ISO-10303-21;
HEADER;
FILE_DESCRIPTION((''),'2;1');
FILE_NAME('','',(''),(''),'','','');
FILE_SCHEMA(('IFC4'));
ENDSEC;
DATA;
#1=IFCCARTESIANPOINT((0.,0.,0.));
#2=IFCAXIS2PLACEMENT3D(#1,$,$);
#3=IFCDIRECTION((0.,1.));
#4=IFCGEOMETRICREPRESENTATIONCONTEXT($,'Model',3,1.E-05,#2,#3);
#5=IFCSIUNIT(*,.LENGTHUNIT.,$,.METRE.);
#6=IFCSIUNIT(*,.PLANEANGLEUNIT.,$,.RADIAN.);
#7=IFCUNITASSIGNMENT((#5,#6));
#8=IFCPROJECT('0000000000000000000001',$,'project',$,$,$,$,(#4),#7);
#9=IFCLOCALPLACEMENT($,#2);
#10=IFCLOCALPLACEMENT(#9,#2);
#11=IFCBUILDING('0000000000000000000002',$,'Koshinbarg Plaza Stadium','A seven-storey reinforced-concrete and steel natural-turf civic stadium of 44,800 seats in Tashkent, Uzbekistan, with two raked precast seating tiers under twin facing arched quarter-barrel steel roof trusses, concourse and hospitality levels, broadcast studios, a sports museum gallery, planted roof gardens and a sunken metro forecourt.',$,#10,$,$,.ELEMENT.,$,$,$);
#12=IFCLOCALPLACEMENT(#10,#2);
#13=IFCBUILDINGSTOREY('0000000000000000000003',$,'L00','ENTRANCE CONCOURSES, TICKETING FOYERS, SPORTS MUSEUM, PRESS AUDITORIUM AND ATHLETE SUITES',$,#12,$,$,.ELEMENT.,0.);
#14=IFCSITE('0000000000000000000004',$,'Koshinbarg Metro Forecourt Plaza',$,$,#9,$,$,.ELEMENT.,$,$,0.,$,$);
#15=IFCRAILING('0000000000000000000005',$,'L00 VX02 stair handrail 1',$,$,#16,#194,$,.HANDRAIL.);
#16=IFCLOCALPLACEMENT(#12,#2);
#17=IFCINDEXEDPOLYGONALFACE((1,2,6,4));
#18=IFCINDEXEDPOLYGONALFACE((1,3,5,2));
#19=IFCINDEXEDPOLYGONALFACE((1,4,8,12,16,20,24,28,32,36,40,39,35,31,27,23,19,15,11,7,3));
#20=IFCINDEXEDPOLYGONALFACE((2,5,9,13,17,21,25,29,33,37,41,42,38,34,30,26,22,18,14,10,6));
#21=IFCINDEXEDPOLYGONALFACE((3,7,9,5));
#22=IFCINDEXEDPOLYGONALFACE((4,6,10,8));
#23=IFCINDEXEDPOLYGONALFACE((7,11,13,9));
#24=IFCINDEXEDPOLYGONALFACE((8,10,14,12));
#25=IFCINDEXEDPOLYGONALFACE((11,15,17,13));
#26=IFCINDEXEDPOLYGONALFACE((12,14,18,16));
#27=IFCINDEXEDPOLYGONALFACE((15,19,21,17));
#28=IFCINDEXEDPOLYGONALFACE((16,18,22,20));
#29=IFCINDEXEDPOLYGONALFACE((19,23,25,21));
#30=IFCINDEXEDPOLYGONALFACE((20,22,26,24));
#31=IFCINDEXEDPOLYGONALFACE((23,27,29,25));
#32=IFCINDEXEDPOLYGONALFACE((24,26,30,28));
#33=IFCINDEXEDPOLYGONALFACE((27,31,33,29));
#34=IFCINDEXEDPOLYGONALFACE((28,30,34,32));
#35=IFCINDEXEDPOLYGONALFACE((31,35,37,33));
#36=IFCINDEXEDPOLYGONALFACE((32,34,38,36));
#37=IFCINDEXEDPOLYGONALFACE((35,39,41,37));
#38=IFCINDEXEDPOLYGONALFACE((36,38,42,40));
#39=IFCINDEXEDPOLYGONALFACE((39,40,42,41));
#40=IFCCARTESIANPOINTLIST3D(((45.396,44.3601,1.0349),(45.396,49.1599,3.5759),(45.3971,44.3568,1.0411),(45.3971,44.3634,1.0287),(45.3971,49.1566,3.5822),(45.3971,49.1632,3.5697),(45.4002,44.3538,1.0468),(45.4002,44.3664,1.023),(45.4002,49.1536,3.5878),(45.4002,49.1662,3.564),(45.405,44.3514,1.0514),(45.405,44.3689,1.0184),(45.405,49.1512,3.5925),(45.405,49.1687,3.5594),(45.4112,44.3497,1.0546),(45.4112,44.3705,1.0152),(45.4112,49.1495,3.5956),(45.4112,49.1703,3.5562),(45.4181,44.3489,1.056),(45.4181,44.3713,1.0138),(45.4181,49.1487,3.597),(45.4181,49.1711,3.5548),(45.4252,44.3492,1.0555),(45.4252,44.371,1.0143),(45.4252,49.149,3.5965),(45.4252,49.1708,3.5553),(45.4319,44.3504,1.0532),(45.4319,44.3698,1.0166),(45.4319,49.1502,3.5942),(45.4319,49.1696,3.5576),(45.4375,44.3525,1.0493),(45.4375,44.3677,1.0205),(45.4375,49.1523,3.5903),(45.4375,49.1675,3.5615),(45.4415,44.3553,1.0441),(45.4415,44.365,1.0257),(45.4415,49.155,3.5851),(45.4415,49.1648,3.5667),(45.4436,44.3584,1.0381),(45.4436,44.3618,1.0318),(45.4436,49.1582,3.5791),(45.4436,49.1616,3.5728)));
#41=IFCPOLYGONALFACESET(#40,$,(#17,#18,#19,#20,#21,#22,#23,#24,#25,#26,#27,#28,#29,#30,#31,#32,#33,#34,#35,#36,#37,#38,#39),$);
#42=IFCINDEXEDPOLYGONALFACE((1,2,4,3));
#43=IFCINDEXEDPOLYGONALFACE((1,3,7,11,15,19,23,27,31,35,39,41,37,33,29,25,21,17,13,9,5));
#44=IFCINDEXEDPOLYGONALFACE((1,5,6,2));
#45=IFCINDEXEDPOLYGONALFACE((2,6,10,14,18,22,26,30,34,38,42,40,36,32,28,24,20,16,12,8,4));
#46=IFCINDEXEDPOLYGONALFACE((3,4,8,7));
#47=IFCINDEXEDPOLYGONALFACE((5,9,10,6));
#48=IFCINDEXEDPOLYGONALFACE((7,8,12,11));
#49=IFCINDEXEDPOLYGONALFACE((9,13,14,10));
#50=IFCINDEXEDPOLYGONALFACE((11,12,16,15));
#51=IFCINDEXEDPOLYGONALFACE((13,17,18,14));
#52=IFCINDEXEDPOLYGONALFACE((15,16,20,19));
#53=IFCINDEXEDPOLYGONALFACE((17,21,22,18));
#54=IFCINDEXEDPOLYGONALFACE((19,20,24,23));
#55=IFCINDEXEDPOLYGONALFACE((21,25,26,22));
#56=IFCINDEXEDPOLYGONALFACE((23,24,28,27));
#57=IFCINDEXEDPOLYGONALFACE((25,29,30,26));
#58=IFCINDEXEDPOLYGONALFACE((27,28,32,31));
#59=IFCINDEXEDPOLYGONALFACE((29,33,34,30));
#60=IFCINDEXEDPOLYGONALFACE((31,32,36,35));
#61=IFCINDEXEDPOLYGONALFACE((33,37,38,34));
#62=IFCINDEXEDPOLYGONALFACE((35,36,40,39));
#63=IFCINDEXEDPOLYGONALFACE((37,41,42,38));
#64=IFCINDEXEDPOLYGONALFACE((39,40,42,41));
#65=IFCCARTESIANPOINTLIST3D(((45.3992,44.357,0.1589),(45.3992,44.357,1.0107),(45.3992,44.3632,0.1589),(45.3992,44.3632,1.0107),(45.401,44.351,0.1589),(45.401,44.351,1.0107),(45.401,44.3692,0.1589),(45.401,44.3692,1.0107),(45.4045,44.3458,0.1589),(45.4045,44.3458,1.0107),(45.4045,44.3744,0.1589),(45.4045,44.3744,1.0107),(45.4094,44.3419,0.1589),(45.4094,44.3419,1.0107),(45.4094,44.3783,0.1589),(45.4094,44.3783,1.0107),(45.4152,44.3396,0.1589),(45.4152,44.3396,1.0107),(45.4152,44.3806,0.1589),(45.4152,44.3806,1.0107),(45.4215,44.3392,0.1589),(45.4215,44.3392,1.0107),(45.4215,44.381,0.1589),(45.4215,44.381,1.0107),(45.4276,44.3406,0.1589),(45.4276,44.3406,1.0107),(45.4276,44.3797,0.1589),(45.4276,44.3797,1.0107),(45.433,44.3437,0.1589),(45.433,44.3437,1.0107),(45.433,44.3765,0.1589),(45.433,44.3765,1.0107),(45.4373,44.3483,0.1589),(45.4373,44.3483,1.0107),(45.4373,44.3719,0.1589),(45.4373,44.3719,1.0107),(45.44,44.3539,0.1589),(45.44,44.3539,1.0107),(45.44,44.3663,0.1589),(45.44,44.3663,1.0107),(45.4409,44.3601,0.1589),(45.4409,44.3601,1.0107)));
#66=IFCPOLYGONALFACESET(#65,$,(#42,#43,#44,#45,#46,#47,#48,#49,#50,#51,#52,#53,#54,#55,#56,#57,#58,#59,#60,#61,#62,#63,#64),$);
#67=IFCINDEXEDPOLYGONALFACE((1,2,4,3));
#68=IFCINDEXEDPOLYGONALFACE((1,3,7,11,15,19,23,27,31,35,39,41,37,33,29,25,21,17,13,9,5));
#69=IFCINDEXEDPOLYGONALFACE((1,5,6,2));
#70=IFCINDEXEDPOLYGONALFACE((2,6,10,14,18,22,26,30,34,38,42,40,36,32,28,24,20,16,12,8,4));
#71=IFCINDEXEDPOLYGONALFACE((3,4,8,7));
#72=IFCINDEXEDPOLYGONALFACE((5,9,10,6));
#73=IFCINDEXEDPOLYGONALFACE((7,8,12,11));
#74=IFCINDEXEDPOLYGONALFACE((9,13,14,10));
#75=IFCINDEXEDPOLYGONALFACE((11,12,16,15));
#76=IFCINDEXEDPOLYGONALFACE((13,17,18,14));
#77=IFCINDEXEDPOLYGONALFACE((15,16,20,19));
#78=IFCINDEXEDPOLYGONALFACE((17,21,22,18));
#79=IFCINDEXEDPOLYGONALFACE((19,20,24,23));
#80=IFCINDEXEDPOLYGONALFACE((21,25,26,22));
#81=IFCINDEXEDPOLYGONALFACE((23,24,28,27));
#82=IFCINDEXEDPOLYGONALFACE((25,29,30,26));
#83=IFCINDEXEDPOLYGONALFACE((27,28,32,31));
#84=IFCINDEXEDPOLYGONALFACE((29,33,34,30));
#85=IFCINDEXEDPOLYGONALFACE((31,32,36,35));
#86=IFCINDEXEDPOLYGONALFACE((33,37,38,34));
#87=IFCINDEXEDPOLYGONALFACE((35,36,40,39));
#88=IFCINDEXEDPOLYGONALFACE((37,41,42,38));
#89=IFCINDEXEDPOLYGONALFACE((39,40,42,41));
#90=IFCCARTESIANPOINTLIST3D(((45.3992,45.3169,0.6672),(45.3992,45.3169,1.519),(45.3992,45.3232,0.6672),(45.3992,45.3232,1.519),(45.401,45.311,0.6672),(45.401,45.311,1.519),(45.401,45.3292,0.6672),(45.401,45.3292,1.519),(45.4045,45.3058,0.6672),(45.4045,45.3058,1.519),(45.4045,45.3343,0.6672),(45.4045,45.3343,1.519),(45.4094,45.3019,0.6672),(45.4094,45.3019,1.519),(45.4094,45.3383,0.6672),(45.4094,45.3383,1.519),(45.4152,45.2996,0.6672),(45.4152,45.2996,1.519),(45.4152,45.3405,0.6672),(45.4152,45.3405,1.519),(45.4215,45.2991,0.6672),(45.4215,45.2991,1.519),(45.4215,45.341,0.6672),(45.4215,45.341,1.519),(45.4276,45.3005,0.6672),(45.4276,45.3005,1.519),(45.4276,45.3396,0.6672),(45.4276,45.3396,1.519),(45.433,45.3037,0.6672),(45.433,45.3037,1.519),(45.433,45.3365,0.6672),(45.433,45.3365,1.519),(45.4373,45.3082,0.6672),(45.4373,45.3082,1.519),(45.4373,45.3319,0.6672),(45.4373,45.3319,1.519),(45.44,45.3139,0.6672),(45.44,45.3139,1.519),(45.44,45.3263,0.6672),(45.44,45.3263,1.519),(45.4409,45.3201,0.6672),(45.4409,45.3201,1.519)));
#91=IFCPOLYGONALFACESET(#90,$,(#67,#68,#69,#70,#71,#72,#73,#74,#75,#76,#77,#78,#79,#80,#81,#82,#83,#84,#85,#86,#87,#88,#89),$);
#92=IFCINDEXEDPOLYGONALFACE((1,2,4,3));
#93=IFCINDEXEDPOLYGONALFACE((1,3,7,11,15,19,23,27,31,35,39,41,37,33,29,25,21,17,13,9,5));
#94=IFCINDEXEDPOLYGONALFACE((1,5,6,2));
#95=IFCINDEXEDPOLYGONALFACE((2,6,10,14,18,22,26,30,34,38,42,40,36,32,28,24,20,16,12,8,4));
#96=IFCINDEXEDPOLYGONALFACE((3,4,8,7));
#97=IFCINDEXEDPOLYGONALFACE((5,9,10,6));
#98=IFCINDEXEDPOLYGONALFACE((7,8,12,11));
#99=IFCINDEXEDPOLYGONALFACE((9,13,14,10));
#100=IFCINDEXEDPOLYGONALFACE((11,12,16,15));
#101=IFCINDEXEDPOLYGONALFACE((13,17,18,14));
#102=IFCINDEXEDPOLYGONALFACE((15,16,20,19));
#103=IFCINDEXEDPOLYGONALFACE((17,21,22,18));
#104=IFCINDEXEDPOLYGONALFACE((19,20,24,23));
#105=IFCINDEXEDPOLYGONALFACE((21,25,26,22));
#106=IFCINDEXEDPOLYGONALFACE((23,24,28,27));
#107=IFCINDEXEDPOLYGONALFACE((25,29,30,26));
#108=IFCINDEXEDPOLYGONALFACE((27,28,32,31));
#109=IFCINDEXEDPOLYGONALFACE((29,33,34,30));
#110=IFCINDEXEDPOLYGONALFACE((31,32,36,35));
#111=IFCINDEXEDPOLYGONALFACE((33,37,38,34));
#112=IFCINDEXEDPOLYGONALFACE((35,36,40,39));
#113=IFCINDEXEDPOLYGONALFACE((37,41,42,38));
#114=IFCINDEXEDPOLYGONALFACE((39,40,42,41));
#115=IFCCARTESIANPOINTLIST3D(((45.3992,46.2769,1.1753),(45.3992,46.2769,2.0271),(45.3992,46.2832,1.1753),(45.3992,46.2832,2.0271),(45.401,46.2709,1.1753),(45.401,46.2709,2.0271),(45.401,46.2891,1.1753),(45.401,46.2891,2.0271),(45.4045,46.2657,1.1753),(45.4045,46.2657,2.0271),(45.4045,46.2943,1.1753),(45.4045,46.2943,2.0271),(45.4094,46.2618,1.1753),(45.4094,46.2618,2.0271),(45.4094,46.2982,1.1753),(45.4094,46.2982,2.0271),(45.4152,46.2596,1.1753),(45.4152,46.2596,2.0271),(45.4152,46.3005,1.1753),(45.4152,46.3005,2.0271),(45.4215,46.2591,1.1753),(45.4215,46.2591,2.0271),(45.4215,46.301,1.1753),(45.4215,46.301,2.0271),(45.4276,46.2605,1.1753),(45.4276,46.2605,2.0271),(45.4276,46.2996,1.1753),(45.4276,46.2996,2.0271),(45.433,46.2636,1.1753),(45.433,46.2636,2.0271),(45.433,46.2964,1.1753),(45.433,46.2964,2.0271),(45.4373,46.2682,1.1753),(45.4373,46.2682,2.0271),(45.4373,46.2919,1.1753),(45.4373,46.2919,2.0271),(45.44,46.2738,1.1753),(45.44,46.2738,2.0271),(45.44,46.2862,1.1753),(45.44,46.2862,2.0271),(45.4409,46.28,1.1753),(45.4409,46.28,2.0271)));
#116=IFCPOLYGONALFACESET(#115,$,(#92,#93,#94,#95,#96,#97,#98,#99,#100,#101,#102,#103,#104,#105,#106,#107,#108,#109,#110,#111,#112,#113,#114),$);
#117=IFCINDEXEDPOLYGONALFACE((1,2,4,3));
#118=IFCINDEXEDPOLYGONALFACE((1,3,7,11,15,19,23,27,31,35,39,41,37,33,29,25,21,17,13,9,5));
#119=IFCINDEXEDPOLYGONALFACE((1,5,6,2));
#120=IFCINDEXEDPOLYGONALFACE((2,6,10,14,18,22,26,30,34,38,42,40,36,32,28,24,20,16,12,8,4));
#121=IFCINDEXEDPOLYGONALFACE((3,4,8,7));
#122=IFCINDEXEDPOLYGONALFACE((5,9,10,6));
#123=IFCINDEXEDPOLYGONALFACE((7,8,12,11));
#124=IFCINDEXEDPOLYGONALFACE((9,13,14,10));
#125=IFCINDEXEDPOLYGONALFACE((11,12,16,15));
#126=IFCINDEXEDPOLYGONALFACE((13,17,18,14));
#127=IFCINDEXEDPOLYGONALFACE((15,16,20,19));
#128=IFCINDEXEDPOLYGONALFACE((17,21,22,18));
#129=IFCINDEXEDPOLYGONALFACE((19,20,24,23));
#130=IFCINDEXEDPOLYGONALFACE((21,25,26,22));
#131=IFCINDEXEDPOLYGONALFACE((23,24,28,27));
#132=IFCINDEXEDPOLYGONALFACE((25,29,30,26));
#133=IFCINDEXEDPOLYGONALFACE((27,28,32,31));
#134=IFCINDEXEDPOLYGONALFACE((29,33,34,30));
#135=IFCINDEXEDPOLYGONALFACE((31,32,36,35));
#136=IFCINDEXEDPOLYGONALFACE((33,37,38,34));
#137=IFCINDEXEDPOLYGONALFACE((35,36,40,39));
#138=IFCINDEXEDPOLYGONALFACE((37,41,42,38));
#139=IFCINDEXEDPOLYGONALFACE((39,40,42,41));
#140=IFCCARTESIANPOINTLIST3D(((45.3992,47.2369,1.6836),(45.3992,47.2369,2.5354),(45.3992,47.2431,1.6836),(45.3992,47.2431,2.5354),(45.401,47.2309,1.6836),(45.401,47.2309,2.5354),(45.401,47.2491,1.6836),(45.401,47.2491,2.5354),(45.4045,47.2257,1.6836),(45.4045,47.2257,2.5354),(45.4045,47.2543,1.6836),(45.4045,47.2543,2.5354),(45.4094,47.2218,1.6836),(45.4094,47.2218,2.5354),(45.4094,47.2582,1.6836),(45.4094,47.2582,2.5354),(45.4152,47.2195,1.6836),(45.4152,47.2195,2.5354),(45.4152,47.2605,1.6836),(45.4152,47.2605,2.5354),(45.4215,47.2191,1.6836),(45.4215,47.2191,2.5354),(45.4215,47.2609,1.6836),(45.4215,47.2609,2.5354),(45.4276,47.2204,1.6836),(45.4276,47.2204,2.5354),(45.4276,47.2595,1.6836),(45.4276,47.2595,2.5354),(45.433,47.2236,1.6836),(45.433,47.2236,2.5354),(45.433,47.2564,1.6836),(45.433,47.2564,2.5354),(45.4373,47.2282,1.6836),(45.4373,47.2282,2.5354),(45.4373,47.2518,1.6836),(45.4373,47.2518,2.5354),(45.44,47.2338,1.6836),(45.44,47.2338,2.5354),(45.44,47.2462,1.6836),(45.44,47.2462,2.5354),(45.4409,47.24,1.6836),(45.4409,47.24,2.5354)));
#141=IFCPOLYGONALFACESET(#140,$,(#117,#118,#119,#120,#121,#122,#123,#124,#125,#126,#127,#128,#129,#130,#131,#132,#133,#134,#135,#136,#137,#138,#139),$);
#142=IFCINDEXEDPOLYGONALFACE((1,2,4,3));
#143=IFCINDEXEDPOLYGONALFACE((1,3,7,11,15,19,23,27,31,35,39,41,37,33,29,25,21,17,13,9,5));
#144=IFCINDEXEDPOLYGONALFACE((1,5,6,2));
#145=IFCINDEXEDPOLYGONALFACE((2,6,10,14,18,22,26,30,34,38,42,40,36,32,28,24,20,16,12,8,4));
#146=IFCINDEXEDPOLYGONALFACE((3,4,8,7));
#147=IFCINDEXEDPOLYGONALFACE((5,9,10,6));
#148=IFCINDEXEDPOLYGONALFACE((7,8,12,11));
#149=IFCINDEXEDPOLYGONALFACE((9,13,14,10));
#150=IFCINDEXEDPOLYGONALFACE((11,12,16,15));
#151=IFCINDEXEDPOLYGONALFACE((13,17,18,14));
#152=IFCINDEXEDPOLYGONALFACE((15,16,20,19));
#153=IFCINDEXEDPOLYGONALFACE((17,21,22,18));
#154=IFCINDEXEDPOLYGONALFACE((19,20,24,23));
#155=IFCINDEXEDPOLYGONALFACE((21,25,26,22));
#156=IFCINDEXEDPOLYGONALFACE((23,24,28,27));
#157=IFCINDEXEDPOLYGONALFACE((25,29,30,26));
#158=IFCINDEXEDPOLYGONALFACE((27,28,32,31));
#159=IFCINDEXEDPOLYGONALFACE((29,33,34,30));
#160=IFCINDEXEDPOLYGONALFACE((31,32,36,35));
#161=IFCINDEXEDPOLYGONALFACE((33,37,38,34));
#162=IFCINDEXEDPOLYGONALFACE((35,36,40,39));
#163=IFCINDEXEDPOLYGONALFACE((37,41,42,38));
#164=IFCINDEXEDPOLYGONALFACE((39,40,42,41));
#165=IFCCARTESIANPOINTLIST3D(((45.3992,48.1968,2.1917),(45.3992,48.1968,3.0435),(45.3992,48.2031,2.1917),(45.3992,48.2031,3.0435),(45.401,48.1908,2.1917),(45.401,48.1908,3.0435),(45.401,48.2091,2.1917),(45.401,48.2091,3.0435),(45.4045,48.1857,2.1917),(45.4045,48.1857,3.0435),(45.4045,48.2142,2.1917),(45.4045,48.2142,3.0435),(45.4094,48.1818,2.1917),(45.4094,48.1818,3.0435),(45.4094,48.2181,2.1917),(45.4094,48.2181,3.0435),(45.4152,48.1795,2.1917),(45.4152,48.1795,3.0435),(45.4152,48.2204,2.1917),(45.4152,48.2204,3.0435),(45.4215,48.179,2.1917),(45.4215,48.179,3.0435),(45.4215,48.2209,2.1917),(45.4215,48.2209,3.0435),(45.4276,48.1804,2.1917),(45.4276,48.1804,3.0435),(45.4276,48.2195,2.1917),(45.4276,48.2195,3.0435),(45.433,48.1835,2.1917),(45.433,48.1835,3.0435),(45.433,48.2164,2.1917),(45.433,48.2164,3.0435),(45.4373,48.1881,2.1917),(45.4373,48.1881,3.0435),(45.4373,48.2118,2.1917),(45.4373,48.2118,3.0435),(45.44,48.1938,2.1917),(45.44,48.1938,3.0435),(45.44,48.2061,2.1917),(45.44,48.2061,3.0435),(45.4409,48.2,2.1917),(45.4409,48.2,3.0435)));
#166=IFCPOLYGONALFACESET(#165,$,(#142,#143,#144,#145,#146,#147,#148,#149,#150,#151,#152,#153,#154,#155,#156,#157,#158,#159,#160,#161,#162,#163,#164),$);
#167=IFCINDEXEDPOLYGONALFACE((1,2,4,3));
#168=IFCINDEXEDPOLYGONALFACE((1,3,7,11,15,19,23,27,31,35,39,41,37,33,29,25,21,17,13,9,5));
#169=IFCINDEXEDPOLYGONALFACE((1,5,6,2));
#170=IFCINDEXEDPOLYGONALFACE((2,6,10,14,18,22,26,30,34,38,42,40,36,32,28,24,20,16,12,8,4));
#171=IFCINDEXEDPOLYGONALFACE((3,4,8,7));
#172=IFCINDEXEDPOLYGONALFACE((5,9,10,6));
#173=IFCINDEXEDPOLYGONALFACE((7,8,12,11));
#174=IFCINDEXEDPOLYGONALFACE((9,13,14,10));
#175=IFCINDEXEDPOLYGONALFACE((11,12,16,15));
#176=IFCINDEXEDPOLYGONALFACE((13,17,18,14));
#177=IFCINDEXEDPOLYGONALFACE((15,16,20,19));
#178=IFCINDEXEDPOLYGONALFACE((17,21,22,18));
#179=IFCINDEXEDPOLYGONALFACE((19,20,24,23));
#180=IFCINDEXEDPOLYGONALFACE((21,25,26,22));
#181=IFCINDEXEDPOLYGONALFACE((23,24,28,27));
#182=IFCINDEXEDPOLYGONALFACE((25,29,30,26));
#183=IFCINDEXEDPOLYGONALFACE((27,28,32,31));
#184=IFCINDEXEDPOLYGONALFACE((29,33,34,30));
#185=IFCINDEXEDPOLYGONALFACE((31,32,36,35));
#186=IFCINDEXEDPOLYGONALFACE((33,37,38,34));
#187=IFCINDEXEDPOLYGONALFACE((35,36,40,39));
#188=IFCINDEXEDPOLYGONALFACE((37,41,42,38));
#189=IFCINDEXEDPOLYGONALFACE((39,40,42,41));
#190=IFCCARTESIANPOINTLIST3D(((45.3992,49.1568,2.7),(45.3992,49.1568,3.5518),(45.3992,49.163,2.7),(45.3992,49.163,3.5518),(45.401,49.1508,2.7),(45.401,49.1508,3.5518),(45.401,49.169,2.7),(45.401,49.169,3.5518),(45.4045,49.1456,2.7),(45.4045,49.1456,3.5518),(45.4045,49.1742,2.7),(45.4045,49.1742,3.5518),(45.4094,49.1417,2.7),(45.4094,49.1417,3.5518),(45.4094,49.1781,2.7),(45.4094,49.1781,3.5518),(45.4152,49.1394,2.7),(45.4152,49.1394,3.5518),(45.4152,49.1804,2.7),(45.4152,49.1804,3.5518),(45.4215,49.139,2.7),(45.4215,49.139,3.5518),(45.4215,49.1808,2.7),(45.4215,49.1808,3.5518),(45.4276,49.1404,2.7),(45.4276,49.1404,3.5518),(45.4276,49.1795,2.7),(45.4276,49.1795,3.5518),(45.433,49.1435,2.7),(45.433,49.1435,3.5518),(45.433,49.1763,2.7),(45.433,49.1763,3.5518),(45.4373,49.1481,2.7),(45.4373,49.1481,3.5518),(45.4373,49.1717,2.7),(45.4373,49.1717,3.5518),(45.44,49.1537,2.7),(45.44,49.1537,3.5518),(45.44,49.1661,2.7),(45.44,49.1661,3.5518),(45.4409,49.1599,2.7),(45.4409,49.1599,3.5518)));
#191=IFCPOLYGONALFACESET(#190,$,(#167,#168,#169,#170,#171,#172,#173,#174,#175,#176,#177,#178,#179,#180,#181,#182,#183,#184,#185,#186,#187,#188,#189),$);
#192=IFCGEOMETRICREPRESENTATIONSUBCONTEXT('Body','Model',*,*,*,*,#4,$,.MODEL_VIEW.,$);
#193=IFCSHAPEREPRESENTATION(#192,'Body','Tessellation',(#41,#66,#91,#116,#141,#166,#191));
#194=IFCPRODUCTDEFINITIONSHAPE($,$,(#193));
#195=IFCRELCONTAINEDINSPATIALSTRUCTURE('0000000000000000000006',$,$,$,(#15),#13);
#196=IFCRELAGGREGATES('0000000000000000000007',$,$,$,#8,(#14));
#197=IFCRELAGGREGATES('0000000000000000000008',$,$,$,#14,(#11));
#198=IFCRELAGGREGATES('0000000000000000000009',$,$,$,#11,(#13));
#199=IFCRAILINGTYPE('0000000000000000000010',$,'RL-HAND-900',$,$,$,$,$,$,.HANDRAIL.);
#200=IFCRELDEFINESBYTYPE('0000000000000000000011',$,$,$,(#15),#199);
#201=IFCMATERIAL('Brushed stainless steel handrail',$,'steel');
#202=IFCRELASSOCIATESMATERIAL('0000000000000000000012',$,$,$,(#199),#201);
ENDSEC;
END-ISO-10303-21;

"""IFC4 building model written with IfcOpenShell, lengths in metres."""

from ifc_helpers import new_model, si_unit, direction, frame, origin, origin_2d, place, context, subcontext, project, spatial, circle, extrude, material, type_object, element, save


model = new_model("IFC4")

# Units and contexts
model_context = context("Model", 3, precision=1e-05, world=origin(), true_north=direction((0.0, 1.0)))
body_context = subcontext(model_context, "Body", "Model", "MODEL_VIEW")
ifc_project = project(units=[si_unit("LENGTHUNIT", "METRE"), si_unit("PLANEANGLEUNIT", "RADIAN")], contexts=[model_context])

# Site, building, storey
site_placement = place(None, origin())
site = spatial("IfcSite", under=ifc_project, at=site_placement, Name="Koshinbarg Metro Forecourt Plaza", CompositionType="ELEMENT", RefElevation=0.0)
building_placement = place(site_placement, origin())
building = spatial("IfcBuilding", under=site, at=building_placement, Name="Koshinbarg Plaza Stadium", Description="A seven-storey reinforced-concrete and steel natural-turf civic stadium of 44,800 seats in Tashkent, Uzbekistan, with two raked precast seating tiers under twin facing arched quarter-barrel steel roof trusses, concourse and hospitality levels, broadcast studios, a sports museum gallery, planted roof gardens and a sunken metro forecourt.", CompositionType="ELEMENT")
storey_placement = place(building_placement, origin())
storey = spatial("IfcBuildingStorey", under=building, at=storey_placement, Name="L00", Description="ENTRANCE CONCOURSES, TICKETING FOYERS, SPORTS MUSEUM, PRESS AUDITORIUM AND ATHLETE SUITES", CompositionType="ELEMENT", Elevation=0.0)

# Railing
ifc_material_1 = material(Name="Brushed stainless steel handrail", Category="steel")
railing_type_1 = type_object("IfcRailingType", Name="RL-HAND-900", PredefinedType="HANDRAIL", material=ifc_material_1)
railing_1_placement = place(storey_placement, frame((45.4199, 44.3601, 0.1589)))
element("IfcRailing", 1, at=railing_1_placement, inside=storey, type_object=railing_type_1, Name="L00 VX02 stair handrail 1", PredefinedType="HANDRAIL", context=body_context, shape_type="SweptSolid", body=[
    extrude(circle(Radius=0.0239, at=origin_2d()), frame((0.0, 0.0, 0.876), z_axis=(0.0, 0.883792, 0.467879), x_axis=(-1.0, 0.0, 0.0)), (0.0, 0.0, 1.0), 5.4309),
    extrude(circle(Radius=0.021, at=origin_2d()), origin(), (0.0, 0.0, 1.0), 0.8518),
    extrude(circle(Radius=0.021, at=origin_2d()), frame((0.0, 0.96, 0.5083)), (0.0, 0.0, 1.0), 0.8518),
    extrude(circle(Radius=0.021, at=origin_2d()), frame((0.0, 1.9199, 1.0164)), (0.0, 0.0, 1.0), 0.8518),
    extrude(circle(Radius=0.021, at=origin_2d()), frame((0.0, 2.8799, 1.5247)), (0.0, 0.0, 1.0), 0.8518),
    extrude(circle(Radius=0.021, at=origin_2d()), frame((0.0, 3.8398, 2.0327)), (0.0, 0.0, 1.0), 0.8518),
    extrude(circle(Radius=0.021, at=origin_2d()), frame((0.0, 4.7998, 2.541)), (0.0, 0.0, 1.0), 0.8518),
])

save(model, "model.ifc")
